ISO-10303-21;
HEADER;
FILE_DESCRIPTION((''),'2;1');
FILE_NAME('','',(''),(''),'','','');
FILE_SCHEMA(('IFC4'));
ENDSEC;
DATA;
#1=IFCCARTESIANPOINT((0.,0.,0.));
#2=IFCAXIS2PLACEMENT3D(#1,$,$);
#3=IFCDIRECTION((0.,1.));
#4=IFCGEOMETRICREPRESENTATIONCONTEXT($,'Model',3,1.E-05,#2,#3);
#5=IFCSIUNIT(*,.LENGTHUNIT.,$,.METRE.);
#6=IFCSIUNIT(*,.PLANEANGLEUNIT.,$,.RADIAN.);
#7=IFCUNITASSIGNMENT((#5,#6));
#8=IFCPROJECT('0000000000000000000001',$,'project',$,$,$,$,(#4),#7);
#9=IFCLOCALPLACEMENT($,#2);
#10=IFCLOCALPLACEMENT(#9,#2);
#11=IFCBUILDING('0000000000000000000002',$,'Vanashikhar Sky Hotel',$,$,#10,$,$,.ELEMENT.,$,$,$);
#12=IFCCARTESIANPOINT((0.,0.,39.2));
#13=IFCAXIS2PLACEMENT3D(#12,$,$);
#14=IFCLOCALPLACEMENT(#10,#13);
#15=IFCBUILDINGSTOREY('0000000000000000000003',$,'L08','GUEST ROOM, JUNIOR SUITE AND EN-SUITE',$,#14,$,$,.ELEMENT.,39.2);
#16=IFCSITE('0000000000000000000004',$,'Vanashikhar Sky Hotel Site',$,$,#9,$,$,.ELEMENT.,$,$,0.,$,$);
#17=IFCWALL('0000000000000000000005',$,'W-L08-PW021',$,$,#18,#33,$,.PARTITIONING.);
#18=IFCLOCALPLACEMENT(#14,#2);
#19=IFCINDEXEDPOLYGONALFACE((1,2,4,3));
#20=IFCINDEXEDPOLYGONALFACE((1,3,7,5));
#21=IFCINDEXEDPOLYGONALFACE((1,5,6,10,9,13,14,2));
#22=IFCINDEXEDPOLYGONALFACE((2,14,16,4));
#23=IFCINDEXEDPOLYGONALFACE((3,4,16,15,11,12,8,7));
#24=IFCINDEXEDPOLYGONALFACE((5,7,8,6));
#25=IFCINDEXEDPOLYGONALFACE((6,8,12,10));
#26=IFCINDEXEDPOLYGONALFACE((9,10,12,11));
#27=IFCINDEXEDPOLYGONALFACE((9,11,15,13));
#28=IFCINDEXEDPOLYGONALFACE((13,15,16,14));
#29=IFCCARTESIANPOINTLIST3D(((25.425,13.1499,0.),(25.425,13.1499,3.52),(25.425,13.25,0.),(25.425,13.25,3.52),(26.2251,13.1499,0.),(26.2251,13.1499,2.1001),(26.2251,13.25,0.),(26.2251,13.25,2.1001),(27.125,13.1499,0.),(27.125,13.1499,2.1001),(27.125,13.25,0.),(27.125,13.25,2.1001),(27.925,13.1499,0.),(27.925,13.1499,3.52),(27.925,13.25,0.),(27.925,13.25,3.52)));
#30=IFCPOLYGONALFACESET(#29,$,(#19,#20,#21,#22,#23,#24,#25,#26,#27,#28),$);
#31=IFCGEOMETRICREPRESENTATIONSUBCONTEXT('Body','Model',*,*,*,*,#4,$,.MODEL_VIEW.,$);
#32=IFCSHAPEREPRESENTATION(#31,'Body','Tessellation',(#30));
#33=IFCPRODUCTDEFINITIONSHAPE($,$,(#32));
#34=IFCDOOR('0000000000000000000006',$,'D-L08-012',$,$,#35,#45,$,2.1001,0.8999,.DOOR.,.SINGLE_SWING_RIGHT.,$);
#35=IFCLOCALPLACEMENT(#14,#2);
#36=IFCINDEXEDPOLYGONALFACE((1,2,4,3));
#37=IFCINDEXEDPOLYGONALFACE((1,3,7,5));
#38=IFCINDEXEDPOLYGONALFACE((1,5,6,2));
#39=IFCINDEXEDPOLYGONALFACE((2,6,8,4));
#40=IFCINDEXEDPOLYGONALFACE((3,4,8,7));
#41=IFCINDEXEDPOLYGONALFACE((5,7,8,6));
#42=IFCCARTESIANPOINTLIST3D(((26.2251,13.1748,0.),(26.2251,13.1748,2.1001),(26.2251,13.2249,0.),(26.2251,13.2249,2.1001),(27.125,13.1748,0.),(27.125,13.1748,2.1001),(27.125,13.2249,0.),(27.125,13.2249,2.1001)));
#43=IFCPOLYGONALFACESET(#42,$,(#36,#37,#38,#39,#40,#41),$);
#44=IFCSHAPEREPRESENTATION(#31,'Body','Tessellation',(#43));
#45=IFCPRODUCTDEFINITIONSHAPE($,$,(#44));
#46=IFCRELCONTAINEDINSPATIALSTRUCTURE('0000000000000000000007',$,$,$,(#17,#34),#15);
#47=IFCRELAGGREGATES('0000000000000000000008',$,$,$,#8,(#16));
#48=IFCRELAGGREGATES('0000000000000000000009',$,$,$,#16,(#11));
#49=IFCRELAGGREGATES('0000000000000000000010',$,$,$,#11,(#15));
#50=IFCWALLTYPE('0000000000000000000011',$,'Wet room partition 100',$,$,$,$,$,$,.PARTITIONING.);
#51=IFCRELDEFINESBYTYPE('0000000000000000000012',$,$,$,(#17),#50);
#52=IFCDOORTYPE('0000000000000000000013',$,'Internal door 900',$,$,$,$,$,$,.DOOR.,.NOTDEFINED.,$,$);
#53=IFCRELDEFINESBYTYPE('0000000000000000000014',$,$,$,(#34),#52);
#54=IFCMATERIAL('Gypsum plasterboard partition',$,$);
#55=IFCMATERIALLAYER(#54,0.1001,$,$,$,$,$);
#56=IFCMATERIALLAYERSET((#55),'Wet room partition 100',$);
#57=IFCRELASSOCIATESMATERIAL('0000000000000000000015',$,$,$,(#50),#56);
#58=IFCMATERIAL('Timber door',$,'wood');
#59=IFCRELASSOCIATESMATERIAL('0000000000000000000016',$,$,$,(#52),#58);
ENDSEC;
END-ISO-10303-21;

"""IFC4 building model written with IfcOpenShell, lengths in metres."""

from ifc_helpers import new_model, si_unit, direction, frame, frame_2d, origin, place, context, subcontext, project, spatial, rectangle, extrude, source, transform, mapped, material, layer, layer_set, type_object, element, fill, save


model = new_model("IFC4")

# Units and contexts
model_context = context("Model", 3, precision=1e-05, world=origin(), true_north=direction((0.0, 1.0)))
body_context = subcontext(model_context, "Body", "Model", "MODEL_VIEW")
ifc_project = project(units=[si_unit("LENGTHUNIT", "METRE"), si_unit("PLANEANGLEUNIT", "RADIAN")], contexts=[model_context])

# Site, building, storey
site_placement = place(None, origin())
site = spatial("IfcSite", under=ifc_project, at=site_placement, Name="Vanashikhar Sky Hotel Site", CompositionType="ELEMENT", RefElevation=0.0)
building_placement = place(site_placement, origin())
building = spatial("IfcBuilding", under=site, at=building_placement, Name="Vanashikhar Sky Hotel", CompositionType="ELEMENT")
storey_placement = place(building_placement, frame((0.0, 0.0, 39.2)))
storey = spatial("IfcBuildingStorey", under=building, at=storey_placement, Name="L08", Description="GUEST ROOM, JUNIOR SUITE AND EN-SUITE", CompositionType="ELEMENT", Elevation=39.2)

# Shared definitions
ifc_material_1 = material(Name="Gypsum plasterboard partition")
ifc_layer_1 = layer(ifc_material_1, 0.1001)
ifc_layer_set_1 = layer_set([ifc_layer_1], Name="Wet room partition 100")
wall_type_1 = type_object("IfcWallType", Name="Wet room partition 100", PredefinedType="PARTITIONING", material=ifc_layer_set_1)
shared_shape_1 = source(origin(), body_context, "Body", "SweptSolid", [
    extrude(rectangle(XDim=0.8999, YDim=2.1001, at=frame_2d((0.45, 1.05))), frame((0.0, 0.0601, 0.0), z_axis=(0.0, -1.0, 0.0), x_axis=(1.0, 0.0, 0.0)), (0.0, 0.0, 1.0), 0.1201),
])
ifc_material_2 = material(Name="Timber door", Category="wood")
door_type_1 = type_object("IfcDoorType", Name="Internal door 900", OperationType="NOTDEFINED", PredefinedType="DOOR", material=ifc_material_2)
shared_shape_2 = source(origin(), body_context, "Body", "SweptSolid", [
    extrude(rectangle(XDim=0.8999, YDim=2.1001, at=frame_2d((0.45, 1.05))), frame((0.0, 0.0249, 0.0), z_axis=(0.0, -1.0, 0.0), x_axis=(1.0, 0.0, 0.0)), (0.0, 0.0, 1.0), 0.05),
])

# Wall, opening, door
shared_shape_3 = source(origin(), body_context, "Body", "SweptSolid", [
    extrude(rectangle(XDim=2.5, YDim=0.1001, at=frame_2d((1.25, 0.0))), origin(), (0.0, 0.0, 1.0), 3.52),
])
wall_1_placement = place(storey_placement, frame((25.425, 13.2, 0.0), z_axis=(0.0, 0.0, 1.0), x_axis=(1.0, 0.0, 0.0)))
wall_1 = element("IfcWall", 1, at=wall_1_placement, inside=storey, type_object=wall_type_1, Name="W-L08-PW021", PredefinedType="PARTITIONING", context=body_context, shape_type="MappedRepresentation", body=[
    mapped(shared_shape_3, transform((0.0, 0.0, 0.0), scale=1.0)),
])
opening_1_placement = place(wall_1_placement, frame((0.8, 0.0, 0.0)))
opening_1 = element("IfcOpeningElement", 2, at=opening_1_placement, cuts=wall_1, PredefinedType="OPENING", context=body_context, shape_type="MappedRepresentation", body=[
    mapped(shared_shape_1, transform((0.0, 0.0, 0.0), scale=1.0)),
])
door_1_placement = place(opening_1_placement, origin())
door_1 = element("IfcDoor", 3, at=door_1_placement, inside=storey, type_object=door_type_1, Name="D-L08-012", OperationType="SINGLE_SWING_RIGHT", OverallHeight=2.1001, OverallWidth=0.8999, PredefinedType="DOOR", context=body_context, shape_type="MappedRepresentation", body=[
    mapped(shared_shape_2, transform((0.0, 0.0, 0.0), scale=1.0)),
])
fill(opening_1, door_1)

save(model, "model.ifc")
